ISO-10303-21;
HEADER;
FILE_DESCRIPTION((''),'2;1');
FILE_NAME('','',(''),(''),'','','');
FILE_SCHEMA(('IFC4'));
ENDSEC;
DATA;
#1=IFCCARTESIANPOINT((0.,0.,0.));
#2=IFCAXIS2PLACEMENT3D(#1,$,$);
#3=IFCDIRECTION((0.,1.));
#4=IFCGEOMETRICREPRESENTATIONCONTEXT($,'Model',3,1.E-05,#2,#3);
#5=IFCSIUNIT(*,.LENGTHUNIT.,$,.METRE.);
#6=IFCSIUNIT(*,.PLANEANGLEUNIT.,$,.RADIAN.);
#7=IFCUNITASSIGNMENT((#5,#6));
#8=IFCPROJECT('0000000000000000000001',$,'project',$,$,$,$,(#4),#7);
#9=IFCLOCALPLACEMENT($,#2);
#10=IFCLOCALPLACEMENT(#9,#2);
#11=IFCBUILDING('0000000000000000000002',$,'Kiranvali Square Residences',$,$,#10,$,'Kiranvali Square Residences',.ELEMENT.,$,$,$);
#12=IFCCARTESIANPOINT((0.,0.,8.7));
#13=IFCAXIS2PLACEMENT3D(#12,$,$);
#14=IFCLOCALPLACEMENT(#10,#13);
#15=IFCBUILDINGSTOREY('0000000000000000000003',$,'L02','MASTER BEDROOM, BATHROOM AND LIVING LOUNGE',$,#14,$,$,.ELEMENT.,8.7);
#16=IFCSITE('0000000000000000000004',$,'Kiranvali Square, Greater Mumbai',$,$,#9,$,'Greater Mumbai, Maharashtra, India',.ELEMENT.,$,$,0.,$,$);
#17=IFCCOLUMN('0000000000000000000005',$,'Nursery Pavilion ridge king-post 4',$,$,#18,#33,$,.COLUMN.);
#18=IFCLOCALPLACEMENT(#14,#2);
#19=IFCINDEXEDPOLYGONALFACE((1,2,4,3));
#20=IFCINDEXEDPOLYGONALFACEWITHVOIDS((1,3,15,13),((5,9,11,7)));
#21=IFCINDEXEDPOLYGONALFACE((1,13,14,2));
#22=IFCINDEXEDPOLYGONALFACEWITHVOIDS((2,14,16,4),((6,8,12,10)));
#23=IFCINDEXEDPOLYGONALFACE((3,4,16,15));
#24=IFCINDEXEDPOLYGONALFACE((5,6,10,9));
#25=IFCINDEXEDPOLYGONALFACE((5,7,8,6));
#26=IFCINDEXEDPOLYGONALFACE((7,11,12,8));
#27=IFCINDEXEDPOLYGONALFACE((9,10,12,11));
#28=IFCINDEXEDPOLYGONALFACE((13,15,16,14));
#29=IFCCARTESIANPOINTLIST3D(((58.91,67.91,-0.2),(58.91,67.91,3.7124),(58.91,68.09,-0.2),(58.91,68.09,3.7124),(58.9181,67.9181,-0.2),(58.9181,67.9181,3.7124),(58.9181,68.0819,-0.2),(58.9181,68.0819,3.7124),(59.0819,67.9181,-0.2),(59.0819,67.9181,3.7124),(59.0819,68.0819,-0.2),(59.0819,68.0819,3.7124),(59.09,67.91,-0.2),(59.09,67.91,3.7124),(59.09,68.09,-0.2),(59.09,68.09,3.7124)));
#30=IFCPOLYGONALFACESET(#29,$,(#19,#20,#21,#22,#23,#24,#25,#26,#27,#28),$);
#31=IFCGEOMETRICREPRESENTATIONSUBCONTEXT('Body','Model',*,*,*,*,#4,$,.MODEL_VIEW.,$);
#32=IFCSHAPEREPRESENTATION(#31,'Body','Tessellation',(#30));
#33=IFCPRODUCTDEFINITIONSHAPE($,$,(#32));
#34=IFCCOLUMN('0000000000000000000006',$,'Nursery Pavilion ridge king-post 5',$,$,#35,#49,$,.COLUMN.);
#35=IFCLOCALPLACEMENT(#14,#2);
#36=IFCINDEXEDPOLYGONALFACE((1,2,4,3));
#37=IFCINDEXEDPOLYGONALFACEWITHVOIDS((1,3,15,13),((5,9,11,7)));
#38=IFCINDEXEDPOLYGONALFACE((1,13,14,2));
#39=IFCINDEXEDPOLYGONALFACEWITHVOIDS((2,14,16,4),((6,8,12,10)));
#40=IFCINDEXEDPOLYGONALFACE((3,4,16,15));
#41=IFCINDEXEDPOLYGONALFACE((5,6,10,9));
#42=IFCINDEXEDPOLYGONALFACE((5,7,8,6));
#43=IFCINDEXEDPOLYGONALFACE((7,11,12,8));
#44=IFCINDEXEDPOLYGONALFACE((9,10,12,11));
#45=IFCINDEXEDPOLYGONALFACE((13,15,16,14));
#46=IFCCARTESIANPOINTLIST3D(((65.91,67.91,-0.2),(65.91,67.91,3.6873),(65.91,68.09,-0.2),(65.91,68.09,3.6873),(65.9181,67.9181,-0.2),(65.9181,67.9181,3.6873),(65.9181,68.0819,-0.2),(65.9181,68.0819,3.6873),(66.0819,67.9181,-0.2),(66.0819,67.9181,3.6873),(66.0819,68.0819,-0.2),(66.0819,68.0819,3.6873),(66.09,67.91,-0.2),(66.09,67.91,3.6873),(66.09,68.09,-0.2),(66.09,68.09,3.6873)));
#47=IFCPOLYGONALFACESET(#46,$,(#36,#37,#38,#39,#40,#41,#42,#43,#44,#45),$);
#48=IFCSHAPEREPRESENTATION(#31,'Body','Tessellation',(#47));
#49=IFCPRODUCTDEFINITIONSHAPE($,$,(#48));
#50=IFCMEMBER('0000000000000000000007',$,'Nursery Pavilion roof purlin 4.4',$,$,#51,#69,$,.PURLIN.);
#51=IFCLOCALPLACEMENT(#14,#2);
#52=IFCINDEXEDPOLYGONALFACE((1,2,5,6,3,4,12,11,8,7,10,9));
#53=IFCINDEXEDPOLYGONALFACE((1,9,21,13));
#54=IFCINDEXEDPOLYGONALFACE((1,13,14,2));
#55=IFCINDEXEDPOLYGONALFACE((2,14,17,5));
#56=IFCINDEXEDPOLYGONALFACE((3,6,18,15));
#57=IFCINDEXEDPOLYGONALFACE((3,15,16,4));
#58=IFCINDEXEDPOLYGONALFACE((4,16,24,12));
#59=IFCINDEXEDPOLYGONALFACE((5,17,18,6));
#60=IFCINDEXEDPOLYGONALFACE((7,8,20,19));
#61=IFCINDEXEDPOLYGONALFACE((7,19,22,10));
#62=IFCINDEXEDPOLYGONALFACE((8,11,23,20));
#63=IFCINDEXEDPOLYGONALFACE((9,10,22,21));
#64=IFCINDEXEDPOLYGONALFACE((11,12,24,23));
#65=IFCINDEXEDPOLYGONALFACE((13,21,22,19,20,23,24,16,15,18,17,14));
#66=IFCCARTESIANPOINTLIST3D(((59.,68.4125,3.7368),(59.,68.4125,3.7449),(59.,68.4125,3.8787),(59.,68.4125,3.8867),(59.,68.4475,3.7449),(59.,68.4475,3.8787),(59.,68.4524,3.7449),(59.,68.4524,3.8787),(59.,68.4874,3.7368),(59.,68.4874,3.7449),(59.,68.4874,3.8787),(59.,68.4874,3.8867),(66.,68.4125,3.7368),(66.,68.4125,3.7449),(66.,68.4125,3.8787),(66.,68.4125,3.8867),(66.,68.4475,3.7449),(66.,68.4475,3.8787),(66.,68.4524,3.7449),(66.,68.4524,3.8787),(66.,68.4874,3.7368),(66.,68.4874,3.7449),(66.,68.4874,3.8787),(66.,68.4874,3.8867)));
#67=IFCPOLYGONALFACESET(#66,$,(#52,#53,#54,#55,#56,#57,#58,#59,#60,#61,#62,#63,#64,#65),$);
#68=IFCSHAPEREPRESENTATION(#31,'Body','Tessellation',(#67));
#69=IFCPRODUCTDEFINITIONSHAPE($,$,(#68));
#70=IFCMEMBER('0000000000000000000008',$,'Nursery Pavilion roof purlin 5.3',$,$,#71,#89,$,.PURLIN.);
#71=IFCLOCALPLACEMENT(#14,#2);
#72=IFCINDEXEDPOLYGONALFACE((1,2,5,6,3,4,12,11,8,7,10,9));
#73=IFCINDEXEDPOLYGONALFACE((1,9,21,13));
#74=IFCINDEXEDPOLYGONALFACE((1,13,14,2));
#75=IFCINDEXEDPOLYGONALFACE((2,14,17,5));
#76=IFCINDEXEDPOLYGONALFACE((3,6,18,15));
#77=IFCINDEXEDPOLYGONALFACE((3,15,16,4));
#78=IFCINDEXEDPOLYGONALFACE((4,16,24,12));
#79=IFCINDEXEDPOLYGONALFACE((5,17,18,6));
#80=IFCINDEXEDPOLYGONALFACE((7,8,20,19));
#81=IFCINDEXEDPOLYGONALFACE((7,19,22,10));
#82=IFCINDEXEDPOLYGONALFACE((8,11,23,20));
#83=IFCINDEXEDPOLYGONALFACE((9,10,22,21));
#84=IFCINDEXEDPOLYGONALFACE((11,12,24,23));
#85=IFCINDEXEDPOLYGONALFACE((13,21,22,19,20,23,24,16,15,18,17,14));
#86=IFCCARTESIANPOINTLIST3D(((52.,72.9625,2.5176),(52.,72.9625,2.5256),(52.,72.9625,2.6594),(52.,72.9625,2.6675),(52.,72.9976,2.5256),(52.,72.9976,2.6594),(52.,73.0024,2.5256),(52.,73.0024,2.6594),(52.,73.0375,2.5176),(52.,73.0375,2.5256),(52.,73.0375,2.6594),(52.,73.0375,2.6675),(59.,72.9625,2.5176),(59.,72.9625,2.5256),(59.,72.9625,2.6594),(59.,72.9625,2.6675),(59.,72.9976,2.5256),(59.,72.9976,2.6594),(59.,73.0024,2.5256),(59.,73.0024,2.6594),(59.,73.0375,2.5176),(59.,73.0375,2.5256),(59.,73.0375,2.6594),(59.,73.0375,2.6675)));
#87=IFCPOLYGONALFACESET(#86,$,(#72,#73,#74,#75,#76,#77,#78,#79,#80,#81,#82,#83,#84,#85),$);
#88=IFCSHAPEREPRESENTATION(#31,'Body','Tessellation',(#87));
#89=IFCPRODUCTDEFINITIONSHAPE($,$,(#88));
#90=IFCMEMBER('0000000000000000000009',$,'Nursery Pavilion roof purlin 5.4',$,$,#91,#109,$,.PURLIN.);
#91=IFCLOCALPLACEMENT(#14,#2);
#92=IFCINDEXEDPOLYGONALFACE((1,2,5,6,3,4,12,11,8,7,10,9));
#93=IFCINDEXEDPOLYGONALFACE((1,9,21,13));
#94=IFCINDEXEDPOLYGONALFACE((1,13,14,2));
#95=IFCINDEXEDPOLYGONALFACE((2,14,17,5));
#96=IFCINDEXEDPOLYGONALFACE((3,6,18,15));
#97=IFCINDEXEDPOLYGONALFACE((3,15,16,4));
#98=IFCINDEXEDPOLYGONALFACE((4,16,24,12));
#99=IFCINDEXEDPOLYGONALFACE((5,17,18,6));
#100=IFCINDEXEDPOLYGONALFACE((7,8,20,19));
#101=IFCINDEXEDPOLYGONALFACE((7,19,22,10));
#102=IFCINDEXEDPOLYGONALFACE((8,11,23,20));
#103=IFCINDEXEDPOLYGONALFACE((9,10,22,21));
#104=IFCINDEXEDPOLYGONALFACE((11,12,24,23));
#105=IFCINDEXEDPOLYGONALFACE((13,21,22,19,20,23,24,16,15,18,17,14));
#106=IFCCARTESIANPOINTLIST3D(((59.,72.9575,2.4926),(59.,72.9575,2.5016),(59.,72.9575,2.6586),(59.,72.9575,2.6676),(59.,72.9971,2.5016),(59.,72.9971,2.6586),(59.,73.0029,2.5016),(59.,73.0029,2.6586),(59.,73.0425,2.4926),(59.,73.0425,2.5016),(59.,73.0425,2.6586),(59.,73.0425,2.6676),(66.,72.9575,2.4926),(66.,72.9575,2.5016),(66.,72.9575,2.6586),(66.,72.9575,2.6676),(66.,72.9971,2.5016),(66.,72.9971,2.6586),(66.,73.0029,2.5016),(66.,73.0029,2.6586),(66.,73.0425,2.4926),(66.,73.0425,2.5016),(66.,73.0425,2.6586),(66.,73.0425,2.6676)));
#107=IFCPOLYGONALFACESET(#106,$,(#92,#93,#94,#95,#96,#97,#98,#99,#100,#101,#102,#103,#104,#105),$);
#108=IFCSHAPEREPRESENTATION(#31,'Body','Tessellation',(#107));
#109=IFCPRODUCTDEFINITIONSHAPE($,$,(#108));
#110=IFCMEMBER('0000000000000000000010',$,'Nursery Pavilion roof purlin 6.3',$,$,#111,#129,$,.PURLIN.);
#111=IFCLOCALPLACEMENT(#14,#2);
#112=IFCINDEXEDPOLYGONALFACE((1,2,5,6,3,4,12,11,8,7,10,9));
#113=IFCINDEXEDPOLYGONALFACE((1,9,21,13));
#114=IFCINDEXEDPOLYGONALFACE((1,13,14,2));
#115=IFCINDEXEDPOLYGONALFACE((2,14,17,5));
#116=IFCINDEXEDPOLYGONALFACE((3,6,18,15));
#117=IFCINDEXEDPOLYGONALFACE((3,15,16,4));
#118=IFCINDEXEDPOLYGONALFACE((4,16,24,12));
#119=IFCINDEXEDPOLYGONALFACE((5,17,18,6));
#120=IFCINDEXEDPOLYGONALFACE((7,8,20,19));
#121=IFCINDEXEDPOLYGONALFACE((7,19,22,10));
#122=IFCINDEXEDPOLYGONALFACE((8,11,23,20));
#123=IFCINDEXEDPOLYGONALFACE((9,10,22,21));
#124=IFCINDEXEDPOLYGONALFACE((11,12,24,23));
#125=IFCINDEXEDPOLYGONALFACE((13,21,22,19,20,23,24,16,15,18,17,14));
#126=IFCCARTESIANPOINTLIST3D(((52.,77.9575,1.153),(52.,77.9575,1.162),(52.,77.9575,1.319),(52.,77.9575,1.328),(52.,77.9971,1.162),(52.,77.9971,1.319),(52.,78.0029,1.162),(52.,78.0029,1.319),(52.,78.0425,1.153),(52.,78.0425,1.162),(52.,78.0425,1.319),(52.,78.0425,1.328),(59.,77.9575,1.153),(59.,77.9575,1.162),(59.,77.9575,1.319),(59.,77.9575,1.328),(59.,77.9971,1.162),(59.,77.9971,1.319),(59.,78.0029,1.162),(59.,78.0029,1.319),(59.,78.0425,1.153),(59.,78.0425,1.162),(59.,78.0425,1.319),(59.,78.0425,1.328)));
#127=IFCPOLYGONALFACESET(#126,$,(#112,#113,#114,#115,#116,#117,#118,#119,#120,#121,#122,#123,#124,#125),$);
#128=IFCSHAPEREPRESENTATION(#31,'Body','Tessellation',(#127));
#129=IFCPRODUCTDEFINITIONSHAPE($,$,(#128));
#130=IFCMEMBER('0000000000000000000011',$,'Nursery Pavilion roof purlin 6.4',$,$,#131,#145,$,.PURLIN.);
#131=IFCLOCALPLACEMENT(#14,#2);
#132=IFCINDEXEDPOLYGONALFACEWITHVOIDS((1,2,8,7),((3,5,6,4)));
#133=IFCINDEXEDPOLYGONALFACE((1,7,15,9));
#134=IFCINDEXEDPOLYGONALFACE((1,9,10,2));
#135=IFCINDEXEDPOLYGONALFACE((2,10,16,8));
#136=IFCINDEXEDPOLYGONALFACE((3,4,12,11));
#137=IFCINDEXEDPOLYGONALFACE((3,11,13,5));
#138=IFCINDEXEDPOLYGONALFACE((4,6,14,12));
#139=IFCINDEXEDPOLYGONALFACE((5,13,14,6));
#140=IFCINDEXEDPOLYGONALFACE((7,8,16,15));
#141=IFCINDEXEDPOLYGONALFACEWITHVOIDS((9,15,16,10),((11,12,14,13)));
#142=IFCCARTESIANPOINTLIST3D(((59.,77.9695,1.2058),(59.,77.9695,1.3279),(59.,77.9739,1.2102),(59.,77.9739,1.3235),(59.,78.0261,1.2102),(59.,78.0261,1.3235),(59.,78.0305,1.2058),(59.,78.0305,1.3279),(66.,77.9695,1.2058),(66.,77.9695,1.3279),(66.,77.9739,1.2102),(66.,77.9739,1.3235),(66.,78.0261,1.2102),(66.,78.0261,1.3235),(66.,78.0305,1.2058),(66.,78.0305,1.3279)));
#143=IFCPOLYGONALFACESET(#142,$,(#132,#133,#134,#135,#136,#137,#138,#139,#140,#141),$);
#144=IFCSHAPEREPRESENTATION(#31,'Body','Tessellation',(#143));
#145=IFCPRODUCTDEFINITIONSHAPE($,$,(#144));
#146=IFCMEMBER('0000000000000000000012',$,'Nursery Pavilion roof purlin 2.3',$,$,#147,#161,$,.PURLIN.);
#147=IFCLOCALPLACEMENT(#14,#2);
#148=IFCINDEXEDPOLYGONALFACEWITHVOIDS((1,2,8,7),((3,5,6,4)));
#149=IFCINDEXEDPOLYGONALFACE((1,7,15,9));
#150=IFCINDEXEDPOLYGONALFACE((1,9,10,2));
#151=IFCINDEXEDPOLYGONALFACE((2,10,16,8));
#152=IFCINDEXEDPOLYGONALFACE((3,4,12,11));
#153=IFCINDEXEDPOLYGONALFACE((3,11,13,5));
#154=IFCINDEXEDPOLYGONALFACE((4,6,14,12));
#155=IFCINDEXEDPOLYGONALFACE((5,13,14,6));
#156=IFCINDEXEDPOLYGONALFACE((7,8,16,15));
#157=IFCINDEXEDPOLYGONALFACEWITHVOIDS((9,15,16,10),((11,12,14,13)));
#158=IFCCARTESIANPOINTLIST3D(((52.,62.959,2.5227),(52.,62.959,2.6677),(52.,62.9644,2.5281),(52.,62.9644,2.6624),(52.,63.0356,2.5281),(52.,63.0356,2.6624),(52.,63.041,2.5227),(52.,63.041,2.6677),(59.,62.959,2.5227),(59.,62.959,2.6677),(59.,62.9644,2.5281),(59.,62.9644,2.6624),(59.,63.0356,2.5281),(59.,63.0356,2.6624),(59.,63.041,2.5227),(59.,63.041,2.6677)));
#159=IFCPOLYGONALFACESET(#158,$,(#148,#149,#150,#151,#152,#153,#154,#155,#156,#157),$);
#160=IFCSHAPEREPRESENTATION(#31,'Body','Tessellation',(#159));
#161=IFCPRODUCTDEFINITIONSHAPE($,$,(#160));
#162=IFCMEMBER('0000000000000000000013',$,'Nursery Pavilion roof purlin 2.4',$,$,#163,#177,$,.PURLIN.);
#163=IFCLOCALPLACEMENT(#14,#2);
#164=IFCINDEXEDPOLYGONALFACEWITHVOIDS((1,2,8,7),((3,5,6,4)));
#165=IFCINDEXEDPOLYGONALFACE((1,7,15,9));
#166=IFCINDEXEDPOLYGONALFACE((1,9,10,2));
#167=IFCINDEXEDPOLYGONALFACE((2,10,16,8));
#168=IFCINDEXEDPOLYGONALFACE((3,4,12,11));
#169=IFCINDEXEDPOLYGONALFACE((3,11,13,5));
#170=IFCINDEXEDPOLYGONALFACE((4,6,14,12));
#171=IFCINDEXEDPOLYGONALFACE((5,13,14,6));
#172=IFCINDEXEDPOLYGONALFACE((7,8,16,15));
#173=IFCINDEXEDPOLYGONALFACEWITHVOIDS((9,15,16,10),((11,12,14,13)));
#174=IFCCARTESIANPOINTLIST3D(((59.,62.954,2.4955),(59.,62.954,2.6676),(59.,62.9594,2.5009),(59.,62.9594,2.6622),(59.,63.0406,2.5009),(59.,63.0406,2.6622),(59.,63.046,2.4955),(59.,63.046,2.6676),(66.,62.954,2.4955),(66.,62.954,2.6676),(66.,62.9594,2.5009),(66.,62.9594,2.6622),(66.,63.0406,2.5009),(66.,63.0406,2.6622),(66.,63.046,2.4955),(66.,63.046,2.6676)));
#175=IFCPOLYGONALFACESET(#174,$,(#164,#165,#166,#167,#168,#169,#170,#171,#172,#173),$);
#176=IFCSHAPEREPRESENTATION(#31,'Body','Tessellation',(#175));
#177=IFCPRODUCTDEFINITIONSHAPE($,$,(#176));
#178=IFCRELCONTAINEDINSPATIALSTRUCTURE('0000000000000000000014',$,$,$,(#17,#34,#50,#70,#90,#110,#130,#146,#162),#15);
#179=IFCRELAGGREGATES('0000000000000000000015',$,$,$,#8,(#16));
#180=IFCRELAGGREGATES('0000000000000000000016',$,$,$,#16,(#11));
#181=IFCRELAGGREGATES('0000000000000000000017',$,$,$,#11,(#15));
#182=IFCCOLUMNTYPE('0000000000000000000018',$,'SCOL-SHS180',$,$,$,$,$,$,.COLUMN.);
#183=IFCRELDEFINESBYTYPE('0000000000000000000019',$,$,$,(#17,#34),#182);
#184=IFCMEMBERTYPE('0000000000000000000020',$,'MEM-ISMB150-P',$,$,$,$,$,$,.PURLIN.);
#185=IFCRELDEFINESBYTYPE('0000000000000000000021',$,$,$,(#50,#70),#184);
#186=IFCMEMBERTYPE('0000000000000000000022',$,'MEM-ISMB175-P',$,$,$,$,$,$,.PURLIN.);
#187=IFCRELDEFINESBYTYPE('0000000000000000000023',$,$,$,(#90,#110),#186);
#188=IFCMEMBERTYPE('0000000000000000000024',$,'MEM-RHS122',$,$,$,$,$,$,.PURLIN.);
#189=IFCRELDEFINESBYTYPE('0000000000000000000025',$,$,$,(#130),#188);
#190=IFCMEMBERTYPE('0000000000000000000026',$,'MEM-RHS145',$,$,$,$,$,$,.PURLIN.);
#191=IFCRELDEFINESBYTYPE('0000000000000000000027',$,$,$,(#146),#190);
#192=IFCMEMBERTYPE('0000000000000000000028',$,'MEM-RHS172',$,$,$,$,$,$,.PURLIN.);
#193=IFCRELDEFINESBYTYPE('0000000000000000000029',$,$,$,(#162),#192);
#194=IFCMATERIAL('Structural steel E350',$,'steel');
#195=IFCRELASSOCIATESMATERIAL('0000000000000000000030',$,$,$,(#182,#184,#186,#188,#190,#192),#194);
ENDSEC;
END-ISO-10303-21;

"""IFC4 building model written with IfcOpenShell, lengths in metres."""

from ifc_helpers import new_model, si_unit, direction, frame, origin, origin_2d, place, context, subcontext, project, spatial, hollow_rectangle, i_section, extrude, material, material_profile, profile_set, type_object, element, save


model = new_model("IFC4")

# Units and contexts
model_context = context("Model", 3, precision=1e-05, world=origin(), true_north=direction((0.0, 1.0)))
body_context = subcontext(model_context, "Body", "Model", "MODEL_VIEW")
ifc_project = project(units=[si_unit("LENGTHUNIT", "METRE"), si_unit("PLANEANGLEUNIT", "RADIAN")], contexts=[model_context])

# Site, building, storey
site_placement = place(None, origin())
site = spatial("IfcSite", under=ifc_project, at=site_placement, Name="Kiranvali Square, Greater Mumbai", LongName="Greater Mumbai, Maharashtra, India", CompositionType="ELEMENT", RefElevation=0.0)
building_placement = place(site_placement, origin())
building = spatial("IfcBuilding", under=site, at=building_placement, Name="Kiranvali Square Residences", LongName="Kiranvali Square Residences", CompositionType="ELEMENT")
storey_placement = place(building_placement, frame((0.0, 0.0, 8.7)))
storey = spatial("IfcBuildingStorey", under=building, at=storey_placement, Name="L02", Description="MASTER BEDROOM, BATHROOM AND LIVING LOUNGE", CompositionType="ELEMENT", Elevation=8.7)

# Columns
ifc_material = material(Name="Structural steel E350", Category="steel")
ifc_material_profile_1 = material_profile(ifc_material, hollow_rectangle(XDim=0.1799, YDim=0.1799, WallThickness=0.0081, at=origin_2d()), Name="SHS 180x180x8.0")
ifc_profile_set_1 = profile_set([ifc_material_profile_1], Name="Structural steel E350")
column_type = type_object("IfcColumnType", Name="SCOL-SHS180", PredefinedType="COLUMN", material=ifc_profile_set_1)
column_1_placement = place(storey_placement, frame((59.0, 68.0, -0.2), z_axis=(0.0, 0.0, 1.0), x_axis=(1.0, 0.0, 0.0)))
element("IfcColumn", 1, at=column_1_placement, inside=storey, type_object=column_type, Name="Nursery Pavilion ridge king-post 4", PredefinedType="COLUMN", context=body_context, shape_type="SweptSolid", body=[
    extrude(hollow_rectangle(XDim=0.1799, YDim=0.1799, WallThickness=0.0081, at=origin_2d()), origin(), (0.0, 0.0, 1.0), 3.9124),
])
column_2_placement = place(storey_placement, frame((66.0, 68.0, -0.2), z_axis=(0.0, 0.0, 1.0), x_axis=(1.0, 0.0, 0.0)))
element("IfcColumn", 2, at=column_2_placement, inside=storey, type_object=column_type, Name="Nursery Pavilion ridge king-post 5", PredefinedType="COLUMN", context=body_context, shape_type="SweptSolid", body=[
    extrude(hollow_rectangle(XDim=0.1799, YDim=0.1799, WallThickness=0.0081, at=origin_2d()), origin(), (0.0, 0.0, 1.0), 3.8872),
])

# Members
ifc_material_profile_2 = material_profile(ifc_material, i_section(OverallWidth=0.075, OverallDepth=0.1499, WebThickness=0.0049, FlangeThickness=0.0081, at=origin_2d()), Name="ISMB 150")
ifc_profile_set_2 = profile_set([ifc_material_profile_2], Name="Structural steel E350")
member_type_1 = type_object("IfcMemberType", Name="MEM-ISMB150-P", PredefinedType="PURLIN", material=ifc_profile_set_2)
for number, where, z_axis, x_axis, name in (
    (3, (59.0, 68.45, 3.8118), (1.0, 0.0, 0.0), (0.0, 1.0, 0.0), "Nursery Pavilion roof purlin 4.4"),
    (4, (52.0, 73.0, 2.5925), (1.0, 0.0, 0.0), (0.0, 1.0, 0.0), "Nursery Pavilion roof purlin 5.3"),
):
    element("IfcMember", number, at=place(storey_placement, frame(where, z_axis=z_axis, x_axis=x_axis)), inside=storey, type_object=member_type_1, Name=name, PredefinedType="PURLIN", context=body_context, shape_type="SweptSolid", body=[
        extrude(i_section(OverallWidth=0.075, OverallDepth=0.1499, WebThickness=0.0049, FlangeThickness=0.0081, at=origin_2d()), origin(), (0.0, 0.0, 1.0), 7.0),
    ])
ifc_material_profile_3 = material_profile(ifc_material, i_section(OverallWidth=0.085, OverallDepth=0.175, WebThickness=0.0059, FlangeThickness=0.009, at=origin_2d()), Name="ISMB 175")
ifc_profile_set_3 = profile_set([ifc_material_profile_3], Name="Structural steel E350")
member_type_2 = type_object("IfcMemberType", Name="MEM-ISMB175-P", PredefinedType="PURLIN", material=ifc_profile_set_3)
for number, where, z_axis, x_axis, name in (
    (5, (59.0, 73.0, 2.5801), (1.0, 0.0, 0.0), (0.0, 1.0, 0.0), "Nursery Pavilion roof purlin 5.4"),
    (6, (52.0, 78.0, 1.2405), (1.0, 0.0, 0.0), (0.0, 1.0, 0.0), "Nursery Pavilion roof purlin 6.3"),
):
    element("IfcMember", number, at=place(storey_placement, frame(where, z_axis=z_axis, x_axis=x_axis)), inside=storey, type_object=member_type_2, Name=name, PredefinedType="PURLIN", context=body_context, shape_type="SweptSolid", body=[
        extrude(i_section(OverallWidth=0.085, OverallDepth=0.175, WebThickness=0.0059, FlangeThickness=0.009, at=origin_2d()), origin(), (0.0, 0.0, 1.0), 7.0),
    ])
ifc_material_profile_4 = material_profile(ifc_material, hollow_rectangle(XDim=0.061, YDim=0.1221, WallThickness=0.0044, at=origin_2d()), Name="RHS 122x61x4.5")
ifc_profile_set_4 = profile_set([ifc_material_profile_4], Name="Structural steel E350")
member_type_3 = type_object("IfcMemberType", Name="MEM-RHS122", PredefinedType="PURLIN", material=ifc_profile_set_4)
member_1_placement = place(storey_placement, frame((59.0, 78.0, 1.2668), z_axis=(1.0, 0.0, 0.0), x_axis=(0.0, 1.0, 0.0)))
element("IfcMember", 7, at=member_1_placement, inside=storey, type_object=member_type_3, Name="Nursery Pavilion roof purlin 6.4", PredefinedType="PURLIN", context=body_context, shape_type="SweptSolid", body=[
    extrude(hollow_rectangle(XDim=0.061, YDim=0.1221, WallThickness=0.0044, at=origin_2d()), origin(), (0.0, 0.0, 1.0), 7.0),
])
ifc_material_profile_5 = material_profile(ifc_material, hollow_rectangle(XDim=0.082, YDim=0.145, WallThickness=0.0054, at=origin_2d()), Name="RHS 145x82x5.4")
ifc_profile_set_5 = profile_set([ifc_material_profile_5], Name="Structural steel E350")
member_type_4 = type_object("IfcMemberType", Name="MEM-RHS145", PredefinedType="PURLIN", material=ifc_profile_set_5)
member_2_placement = place(storey_placement, frame((52.0, 63.0, 2.5952), z_axis=(1.0, 0.0, 0.0), x_axis=(0.0, 1.0, 0.0)))
element("IfcMember", 8, at=member_2_placement, inside=storey, type_object=member_type_4, Name="Nursery Pavilion roof purlin 2.3", PredefinedType="PURLIN", context=body_context, shape_type="SweptSolid", body=[
    extrude(hollow_rectangle(XDim=0.082, YDim=0.145, WallThickness=0.0054, at=origin_2d()), origin(), (0.0, 0.0, 1.0), 7.0),
])
ifc_material_profile_6 = material_profile(ifc_material, hollow_rectangle(XDim=0.092, YDim=0.1721, WallThickness=0.0054, at=origin_2d()), Name="RHS 172x92x5.4")
ifc_profile_set_6 = profile_set([ifc_material_profile_6], Name="Structural steel E350")
member_type_5 = type_object("IfcMemberType", Name="MEM-RHS172", PredefinedType="PURLIN", material=ifc_profile_set_6)
for number, where, z_axis, x_axis, name in (
    (9, (59.0, 63.0, 2.5815), (1.0, 0.0, 0.0), (0.0, 1.0, 0.0), "Nursery Pavilion roof purlin 2.4"),
):
    element("IfcMember", number, at=place(storey_placement, frame(where, z_axis=z_axis, x_axis=x_axis)), inside=storey, type_object=member_type_5, Name=name, PredefinedType="PURLIN", context=body_context, shape_type="SweptSolid", body=[
        extrude(hollow_rectangle(XDim=0.092, YDim=0.1721, WallThickness=0.0054, at=origin_2d()), origin(), (0.0, 0.0, 1.0), 7.0),
    ])

save(model, "model.ifc")
